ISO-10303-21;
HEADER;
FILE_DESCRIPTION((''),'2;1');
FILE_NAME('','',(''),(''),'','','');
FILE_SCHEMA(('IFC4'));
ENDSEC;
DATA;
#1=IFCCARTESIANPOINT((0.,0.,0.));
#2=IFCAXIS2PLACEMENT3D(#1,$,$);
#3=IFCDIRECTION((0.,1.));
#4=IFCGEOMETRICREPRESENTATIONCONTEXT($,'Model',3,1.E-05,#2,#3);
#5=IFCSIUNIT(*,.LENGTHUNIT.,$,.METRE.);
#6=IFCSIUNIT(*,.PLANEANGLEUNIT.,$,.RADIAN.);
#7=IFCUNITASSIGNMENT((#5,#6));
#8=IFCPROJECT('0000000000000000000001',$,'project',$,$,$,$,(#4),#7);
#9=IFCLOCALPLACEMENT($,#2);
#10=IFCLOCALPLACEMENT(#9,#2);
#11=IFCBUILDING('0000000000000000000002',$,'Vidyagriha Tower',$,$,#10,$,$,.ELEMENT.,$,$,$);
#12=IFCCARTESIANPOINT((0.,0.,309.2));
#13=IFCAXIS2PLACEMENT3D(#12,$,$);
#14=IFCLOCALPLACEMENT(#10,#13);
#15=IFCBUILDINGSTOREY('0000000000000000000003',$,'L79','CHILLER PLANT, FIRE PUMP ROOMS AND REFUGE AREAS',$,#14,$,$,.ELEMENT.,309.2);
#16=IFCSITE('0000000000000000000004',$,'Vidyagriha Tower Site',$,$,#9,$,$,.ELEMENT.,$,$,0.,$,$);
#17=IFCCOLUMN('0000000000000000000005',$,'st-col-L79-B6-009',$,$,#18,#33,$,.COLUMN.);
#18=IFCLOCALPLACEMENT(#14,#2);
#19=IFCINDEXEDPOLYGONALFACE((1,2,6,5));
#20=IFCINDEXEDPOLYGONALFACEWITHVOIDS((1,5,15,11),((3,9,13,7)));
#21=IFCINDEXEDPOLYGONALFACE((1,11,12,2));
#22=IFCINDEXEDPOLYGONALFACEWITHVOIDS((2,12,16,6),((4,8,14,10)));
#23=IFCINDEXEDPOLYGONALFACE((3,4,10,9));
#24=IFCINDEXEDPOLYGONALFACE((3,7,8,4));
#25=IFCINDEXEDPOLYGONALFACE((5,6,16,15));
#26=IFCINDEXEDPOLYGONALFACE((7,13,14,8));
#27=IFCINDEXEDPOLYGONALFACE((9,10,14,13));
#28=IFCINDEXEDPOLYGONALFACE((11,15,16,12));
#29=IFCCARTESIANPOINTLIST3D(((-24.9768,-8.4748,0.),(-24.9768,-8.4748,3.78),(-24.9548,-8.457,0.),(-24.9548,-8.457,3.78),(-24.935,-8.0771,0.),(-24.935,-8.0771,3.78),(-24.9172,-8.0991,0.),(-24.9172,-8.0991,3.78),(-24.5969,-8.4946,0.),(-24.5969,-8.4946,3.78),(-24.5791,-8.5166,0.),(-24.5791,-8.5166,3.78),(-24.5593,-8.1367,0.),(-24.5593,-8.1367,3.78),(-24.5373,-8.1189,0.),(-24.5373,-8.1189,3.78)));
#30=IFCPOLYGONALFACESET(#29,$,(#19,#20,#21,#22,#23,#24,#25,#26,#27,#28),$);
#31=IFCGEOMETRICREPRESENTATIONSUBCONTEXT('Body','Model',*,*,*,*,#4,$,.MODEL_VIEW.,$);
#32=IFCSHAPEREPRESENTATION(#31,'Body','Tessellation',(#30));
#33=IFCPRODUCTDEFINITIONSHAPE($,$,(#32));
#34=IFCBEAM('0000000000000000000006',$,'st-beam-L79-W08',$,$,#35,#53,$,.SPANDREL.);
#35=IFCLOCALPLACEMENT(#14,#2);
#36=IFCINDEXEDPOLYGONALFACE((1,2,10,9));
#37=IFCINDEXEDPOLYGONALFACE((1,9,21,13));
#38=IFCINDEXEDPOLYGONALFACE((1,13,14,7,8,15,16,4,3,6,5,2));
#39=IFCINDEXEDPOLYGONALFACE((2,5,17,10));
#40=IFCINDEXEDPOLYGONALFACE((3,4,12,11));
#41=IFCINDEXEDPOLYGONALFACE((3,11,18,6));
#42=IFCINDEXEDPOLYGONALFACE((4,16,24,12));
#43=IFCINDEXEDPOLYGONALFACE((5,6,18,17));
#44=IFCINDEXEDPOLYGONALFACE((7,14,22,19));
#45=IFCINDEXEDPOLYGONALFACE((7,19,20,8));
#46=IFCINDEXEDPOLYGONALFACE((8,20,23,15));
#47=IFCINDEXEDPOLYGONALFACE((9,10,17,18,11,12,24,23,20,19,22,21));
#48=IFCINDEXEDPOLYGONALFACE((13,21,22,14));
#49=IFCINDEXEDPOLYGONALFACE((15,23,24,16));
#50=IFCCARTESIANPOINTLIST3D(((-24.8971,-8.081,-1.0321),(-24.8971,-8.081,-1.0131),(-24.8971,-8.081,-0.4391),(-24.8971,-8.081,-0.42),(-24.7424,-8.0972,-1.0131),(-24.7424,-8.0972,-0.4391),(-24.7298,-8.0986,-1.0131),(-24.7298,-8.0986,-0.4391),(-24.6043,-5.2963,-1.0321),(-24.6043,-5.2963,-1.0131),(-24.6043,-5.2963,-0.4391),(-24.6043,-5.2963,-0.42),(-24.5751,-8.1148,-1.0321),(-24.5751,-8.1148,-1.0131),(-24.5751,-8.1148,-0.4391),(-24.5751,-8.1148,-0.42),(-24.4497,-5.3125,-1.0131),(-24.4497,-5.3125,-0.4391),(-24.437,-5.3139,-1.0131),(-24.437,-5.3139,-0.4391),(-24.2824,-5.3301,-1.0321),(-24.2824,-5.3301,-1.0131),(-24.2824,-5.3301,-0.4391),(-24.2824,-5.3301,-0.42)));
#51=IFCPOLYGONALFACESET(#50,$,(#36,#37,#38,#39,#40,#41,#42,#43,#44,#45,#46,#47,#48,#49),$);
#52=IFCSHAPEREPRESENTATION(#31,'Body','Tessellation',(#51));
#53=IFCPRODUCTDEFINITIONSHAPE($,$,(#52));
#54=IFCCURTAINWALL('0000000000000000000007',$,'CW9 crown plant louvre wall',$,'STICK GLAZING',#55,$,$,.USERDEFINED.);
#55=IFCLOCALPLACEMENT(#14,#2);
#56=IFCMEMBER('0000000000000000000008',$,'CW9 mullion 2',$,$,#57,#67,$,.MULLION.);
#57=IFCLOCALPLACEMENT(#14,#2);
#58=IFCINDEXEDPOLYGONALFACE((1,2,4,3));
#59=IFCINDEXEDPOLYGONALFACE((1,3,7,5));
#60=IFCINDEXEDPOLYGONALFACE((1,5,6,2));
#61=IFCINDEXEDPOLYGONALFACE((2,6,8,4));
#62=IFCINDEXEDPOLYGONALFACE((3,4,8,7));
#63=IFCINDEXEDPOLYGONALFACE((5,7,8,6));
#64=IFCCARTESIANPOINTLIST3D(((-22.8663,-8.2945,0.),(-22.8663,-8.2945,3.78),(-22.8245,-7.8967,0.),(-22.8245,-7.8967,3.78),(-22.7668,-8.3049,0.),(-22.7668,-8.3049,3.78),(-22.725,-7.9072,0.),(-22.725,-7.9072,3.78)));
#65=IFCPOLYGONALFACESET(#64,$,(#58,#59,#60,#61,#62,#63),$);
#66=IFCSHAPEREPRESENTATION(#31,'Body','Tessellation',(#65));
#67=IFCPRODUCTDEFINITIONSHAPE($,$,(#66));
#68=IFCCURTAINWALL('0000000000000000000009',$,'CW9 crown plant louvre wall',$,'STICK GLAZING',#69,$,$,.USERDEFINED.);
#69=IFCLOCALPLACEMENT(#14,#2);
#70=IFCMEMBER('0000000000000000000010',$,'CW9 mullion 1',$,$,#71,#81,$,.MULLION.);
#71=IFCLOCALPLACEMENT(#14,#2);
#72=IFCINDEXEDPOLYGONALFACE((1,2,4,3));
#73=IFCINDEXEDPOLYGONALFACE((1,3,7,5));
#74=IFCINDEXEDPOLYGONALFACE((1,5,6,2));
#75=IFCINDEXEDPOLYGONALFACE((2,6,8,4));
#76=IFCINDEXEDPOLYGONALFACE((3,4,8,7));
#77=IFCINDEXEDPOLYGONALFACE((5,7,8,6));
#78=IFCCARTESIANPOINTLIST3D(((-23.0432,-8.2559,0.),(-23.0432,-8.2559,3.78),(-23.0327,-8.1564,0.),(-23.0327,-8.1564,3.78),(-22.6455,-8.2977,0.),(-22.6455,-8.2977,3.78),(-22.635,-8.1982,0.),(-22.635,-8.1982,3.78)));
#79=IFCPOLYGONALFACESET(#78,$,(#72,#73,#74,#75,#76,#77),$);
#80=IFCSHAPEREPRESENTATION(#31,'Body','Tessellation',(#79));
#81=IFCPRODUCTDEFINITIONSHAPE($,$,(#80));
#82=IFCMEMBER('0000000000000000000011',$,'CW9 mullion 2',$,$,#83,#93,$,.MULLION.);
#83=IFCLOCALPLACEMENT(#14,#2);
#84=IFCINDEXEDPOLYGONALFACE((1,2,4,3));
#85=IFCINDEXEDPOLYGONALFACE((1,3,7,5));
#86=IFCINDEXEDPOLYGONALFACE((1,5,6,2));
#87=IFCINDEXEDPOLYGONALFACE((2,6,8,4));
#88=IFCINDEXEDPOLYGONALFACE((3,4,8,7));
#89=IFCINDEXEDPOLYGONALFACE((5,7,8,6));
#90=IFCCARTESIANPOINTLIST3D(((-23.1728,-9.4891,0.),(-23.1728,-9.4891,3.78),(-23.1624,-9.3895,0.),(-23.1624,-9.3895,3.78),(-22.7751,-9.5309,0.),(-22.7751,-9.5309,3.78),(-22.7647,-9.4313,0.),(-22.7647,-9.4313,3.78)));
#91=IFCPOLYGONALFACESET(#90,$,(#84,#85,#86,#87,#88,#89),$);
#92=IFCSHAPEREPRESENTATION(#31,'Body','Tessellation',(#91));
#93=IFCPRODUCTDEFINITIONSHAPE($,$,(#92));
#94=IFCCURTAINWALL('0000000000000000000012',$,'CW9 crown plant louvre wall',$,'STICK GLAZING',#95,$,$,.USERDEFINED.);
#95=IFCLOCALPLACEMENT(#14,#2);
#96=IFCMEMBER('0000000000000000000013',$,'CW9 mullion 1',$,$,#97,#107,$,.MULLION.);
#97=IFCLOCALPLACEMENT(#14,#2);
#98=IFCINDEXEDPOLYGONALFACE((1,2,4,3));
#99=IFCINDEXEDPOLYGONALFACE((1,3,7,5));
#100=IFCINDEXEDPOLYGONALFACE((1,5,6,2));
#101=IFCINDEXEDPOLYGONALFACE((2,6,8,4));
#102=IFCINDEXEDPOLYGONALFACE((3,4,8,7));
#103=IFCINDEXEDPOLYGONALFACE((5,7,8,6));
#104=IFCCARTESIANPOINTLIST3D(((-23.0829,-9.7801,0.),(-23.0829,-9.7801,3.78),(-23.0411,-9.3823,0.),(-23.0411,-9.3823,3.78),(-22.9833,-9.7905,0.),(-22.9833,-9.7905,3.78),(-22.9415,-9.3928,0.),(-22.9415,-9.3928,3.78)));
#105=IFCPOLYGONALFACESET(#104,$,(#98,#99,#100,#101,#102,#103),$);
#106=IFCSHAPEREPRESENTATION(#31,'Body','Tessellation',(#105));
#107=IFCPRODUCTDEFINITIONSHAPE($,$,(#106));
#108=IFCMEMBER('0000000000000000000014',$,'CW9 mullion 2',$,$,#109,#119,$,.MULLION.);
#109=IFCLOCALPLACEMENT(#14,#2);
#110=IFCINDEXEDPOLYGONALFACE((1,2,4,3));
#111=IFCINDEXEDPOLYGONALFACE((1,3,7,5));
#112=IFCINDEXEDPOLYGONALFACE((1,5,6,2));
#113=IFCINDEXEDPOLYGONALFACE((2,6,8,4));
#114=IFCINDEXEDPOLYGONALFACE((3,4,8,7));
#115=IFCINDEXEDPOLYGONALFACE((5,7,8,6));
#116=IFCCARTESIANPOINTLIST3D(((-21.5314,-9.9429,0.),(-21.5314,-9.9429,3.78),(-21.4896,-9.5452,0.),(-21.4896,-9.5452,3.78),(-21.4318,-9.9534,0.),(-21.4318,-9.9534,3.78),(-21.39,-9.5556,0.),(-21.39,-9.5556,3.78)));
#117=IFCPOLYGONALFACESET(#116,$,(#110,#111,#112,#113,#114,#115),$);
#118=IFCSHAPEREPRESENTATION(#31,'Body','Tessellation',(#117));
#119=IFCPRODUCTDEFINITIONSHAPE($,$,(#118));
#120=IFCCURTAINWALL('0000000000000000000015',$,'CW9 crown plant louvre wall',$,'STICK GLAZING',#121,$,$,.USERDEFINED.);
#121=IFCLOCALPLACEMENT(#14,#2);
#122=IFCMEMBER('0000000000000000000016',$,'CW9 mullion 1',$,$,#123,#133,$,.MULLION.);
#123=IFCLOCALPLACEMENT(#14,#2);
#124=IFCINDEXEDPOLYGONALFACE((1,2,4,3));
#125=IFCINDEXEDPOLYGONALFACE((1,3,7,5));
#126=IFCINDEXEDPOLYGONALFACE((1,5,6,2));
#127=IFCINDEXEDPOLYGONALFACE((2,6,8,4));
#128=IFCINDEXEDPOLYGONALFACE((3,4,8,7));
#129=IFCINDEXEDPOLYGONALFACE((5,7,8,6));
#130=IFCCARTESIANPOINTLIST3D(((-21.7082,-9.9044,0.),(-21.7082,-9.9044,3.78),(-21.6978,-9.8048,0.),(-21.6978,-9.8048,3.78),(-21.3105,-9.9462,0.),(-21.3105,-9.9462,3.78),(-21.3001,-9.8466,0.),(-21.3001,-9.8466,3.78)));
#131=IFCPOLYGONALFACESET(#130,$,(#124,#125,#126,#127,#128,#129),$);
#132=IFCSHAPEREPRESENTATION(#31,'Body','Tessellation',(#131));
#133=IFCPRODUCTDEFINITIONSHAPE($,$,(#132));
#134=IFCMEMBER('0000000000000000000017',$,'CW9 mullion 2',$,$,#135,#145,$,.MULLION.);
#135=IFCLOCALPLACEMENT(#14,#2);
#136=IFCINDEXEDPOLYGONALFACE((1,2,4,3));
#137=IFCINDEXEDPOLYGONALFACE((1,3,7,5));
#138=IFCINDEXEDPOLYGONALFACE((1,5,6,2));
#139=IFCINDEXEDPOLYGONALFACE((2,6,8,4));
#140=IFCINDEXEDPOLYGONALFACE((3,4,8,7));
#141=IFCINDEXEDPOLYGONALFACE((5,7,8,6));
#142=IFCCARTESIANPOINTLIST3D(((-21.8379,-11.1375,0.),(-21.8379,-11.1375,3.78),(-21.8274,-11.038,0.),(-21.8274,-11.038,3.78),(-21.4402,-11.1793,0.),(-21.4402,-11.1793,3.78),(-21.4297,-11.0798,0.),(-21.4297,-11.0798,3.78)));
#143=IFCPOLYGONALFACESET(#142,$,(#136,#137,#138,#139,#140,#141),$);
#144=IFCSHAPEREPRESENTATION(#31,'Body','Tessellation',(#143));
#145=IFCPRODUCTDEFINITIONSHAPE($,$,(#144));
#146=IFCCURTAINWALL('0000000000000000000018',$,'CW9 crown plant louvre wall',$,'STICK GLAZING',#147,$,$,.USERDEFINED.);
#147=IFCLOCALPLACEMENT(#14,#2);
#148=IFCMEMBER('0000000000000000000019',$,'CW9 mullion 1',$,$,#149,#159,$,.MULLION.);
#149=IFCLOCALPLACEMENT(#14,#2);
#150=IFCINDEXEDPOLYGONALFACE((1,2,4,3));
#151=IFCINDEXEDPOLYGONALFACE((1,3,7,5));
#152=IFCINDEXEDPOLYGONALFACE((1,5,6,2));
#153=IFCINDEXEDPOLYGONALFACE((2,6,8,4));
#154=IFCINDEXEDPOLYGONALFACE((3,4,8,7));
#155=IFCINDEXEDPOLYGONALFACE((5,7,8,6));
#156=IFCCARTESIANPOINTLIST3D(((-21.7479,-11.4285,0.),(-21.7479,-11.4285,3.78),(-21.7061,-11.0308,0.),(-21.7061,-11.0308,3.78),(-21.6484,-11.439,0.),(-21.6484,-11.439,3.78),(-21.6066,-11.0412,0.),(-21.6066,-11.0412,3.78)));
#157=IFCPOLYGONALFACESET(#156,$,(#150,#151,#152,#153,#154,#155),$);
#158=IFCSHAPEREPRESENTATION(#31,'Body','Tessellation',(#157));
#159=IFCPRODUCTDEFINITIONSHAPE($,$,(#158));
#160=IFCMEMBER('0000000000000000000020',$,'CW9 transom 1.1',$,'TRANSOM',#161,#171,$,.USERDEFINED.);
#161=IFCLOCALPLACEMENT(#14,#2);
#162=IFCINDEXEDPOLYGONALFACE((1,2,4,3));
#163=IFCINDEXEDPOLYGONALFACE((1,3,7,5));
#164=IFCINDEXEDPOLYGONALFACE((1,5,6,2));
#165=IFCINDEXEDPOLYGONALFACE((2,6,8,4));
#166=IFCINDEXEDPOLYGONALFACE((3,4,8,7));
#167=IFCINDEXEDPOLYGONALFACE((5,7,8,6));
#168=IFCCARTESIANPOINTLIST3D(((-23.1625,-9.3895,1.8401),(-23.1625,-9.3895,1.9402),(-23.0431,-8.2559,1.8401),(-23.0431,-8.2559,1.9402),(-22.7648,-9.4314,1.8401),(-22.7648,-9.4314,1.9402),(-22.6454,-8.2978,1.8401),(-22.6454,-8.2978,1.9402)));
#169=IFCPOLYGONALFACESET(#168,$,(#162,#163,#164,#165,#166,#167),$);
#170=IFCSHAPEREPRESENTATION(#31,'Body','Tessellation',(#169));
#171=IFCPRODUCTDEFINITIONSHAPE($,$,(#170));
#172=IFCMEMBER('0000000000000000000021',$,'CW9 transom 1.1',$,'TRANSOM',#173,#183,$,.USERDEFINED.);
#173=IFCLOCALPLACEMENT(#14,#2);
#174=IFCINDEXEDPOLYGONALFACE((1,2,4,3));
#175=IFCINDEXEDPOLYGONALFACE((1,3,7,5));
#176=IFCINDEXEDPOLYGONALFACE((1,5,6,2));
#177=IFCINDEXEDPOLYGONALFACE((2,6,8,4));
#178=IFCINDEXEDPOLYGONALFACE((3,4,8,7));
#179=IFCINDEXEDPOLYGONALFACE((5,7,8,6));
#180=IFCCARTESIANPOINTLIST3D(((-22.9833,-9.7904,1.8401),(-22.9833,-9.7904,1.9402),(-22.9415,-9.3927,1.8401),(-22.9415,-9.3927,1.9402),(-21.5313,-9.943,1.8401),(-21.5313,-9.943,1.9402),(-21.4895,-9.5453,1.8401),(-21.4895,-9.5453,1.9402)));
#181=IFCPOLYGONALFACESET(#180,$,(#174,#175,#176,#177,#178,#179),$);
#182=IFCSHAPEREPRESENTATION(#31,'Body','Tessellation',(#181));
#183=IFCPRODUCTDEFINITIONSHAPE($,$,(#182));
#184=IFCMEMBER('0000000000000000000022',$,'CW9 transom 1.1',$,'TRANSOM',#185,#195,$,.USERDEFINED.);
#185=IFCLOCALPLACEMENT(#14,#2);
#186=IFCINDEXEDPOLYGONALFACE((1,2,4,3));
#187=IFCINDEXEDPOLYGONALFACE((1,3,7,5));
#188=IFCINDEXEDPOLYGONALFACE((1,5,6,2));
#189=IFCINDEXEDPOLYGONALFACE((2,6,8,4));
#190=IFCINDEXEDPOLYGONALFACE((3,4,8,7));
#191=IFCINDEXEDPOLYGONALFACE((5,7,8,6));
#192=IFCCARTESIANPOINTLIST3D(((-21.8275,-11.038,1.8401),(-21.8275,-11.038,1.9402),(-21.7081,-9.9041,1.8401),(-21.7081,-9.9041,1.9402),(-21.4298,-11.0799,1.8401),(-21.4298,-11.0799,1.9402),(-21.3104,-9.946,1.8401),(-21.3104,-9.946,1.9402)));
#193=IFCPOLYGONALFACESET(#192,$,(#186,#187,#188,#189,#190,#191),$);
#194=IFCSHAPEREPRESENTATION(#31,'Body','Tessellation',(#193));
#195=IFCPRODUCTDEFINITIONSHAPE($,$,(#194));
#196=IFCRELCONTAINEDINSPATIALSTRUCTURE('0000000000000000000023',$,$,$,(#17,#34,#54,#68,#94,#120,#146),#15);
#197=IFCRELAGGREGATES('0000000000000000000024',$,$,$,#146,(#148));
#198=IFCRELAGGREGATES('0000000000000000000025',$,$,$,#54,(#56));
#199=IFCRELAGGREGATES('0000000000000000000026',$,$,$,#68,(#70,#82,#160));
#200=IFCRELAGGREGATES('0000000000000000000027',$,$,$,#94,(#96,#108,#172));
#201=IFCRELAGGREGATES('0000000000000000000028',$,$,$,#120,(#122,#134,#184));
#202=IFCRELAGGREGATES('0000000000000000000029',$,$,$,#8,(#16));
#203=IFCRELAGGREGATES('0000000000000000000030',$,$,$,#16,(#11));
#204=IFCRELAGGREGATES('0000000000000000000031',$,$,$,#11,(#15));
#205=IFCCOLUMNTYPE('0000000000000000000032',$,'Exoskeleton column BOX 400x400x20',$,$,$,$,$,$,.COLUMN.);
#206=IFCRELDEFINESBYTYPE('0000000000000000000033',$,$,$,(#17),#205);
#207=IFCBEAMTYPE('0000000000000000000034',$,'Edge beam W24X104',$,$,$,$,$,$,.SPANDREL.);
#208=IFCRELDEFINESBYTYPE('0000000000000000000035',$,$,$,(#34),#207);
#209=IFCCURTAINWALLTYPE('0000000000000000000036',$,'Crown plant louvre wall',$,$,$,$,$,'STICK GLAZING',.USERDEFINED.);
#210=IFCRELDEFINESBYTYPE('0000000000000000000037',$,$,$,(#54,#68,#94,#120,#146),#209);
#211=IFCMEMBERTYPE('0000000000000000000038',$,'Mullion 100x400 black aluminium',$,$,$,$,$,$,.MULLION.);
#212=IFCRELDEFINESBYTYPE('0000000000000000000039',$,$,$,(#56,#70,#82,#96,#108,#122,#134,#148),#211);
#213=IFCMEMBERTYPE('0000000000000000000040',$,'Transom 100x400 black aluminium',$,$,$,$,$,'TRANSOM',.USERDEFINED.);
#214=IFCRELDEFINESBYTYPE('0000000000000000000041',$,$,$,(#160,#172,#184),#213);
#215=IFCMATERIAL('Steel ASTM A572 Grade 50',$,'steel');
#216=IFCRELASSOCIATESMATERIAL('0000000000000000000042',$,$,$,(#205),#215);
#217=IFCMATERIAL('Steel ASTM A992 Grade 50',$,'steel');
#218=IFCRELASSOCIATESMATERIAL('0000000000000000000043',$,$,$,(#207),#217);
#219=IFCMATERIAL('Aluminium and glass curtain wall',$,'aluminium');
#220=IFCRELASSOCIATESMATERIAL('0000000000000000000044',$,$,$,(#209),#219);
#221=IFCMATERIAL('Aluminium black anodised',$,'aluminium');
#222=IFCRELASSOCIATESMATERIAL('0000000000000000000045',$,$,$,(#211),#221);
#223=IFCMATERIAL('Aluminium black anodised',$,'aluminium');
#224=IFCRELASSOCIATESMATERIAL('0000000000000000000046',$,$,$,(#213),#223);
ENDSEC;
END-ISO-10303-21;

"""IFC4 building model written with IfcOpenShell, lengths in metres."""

from ifc_helpers import new_model, si_unit, direction, frame, origin, origin_2d, place, context, subcontext, project, spatial, rectangle, hollow_rectangle, i_section, extrude, material, material_profile, profile_set, type_object, element, aggregate, save


model = new_model("IFC4")

# Units and contexts
model_context = context("Model", 3, precision=1e-05, world=origin(), true_north=direction((0.0, 1.0)))
body_context = subcontext(model_context, "Body", "Model", "MODEL_VIEW")
ifc_project = project(units=[si_unit("LENGTHUNIT", "METRE"), si_unit("PLANEANGLEUNIT", "RADIAN")], contexts=[model_context])

# Site, building, storey
site_placement = place(None, origin())
site = spatial("IfcSite", under=ifc_project, at=site_placement, Name="Vidyagriha Tower Site", CompositionType="ELEMENT", RefElevation=0.0)
building_placement = place(site_placement, origin())
building = spatial("IfcBuilding", under=site, at=building_placement, Name="Vidyagriha Tower", CompositionType="ELEMENT")
storey_placement = place(building_placement, frame((0.0, 0.0, 309.2)))
storey = spatial("IfcBuildingStorey", under=building, at=storey_placement, Name="L79", Description="CHILLER PLANT, FIRE PUMP ROOMS AND REFUGE AREAS", CompositionType="ELEMENT", Elevation=309.2)

# Column
ifc_material_1 = material(Name="Steel ASTM A572 Grade 50", Category="steel")
ifc_material_profile_1 = material_profile(ifc_material_1, hollow_rectangle(XDim=0.3999, YDim=0.3999, WallThickness=0.02, at=origin_2d()), Name="BOX 400x400x20")
ifc_profile_set_1 = profile_set([ifc_material_profile_1], Name="Steel ASTM A572 Grade 50")
column_type = type_object("IfcColumnType", Name="Exoskeleton column BOX 400x400x20", PredefinedType="COLUMN", material=ifc_profile_set_1)
column_placement = place(storey_placement, frame((-24.7571, -8.2969, 0.0), z_axis=(0.0, 0.0, 1.0), x_axis=(0.994522, -0.104528, 0.0)))
element("IfcColumn", 1, at=column_placement, inside=storey, type_object=column_type, Name="st-col-L79-B6-009", PredefinedType="COLUMN", context=body_context, shape_type="SweptSolid", body=[
    extrude(hollow_rectangle(XDim=0.3999, YDim=0.3999, WallThickness=0.02, at=origin_2d()), origin(), (0.0, 0.0, 1.0), 3.78),
])

# Beam
ifc_material_2 = material(Name="Steel ASTM A992 Grade 50", Category="steel")
ifc_material_profile_2 = material_profile(ifc_material_2, i_section(OverallWidth=0.3237, OverallDepth=0.6121, WebThickness=0.0127, FlangeThickness=0.019, at=origin_2d()), Name="W24X104")
ifc_profile_set_2 = profile_set([ifc_material_profile_2], Name="Steel ASTM A992 Grade 50")
beam_type = type_object("IfcBeamType", Name="Edge beam W24X104", PredefinedType="SPANDREL", material=ifc_profile_set_2)
beam_placement = place(storey_placement, frame((-24.7361, -8.0979, -0.7261), z_axis=(0.104544, 0.99452, 0.0), x_axis=(-0.99452, 0.104544, 0.0)))
element("IfcBeam", 2, at=beam_placement, inside=storey, type_object=beam_type, Name="st-beam-L79-W08", PredefinedType="SPANDREL", context=body_context, shape_type="SweptSolid", body=[
    extrude(i_section(OverallWidth=0.3237, OverallDepth=0.6121, WebThickness=0.0127, FlangeThickness=0.019, at=origin_2d()), origin(), (0.0, 0.0, 1.0), 2.8),
])

# Curtain wall, member
ifc_material_3 = material(Name="Aluminium and glass curtain wall", Category="aluminium")
curtain_wall_type = type_object("IfcCurtainWallType", Name="Crown plant louvre wall", ElementType="STICK GLAZING", PredefinedType="USERDEFINED", material=ifc_material_3)
curtain_wall_1_placement = place(storey_placement, origin())
curtain_wall_1 = element("IfcCurtainWall", 3, at=curtain_wall_1_placement, inside=storey, type_object=curtain_wall_type, Name="CW9 crown plant louvre wall", ObjectType="STICK GLAZING", PredefinedType="USERDEFINED")
ifc_material_4 = material(Name="Aluminium black anodised", Category="aluminium")
ifc_material_profile_3 = material_profile(ifc_material_4, rectangle(XDim=0.3999, YDim=0.1001, at=origin_2d()), Name="Mullion 100x400 black aluminium")
ifc_profile_set_3 = profile_set([ifc_material_profile_3], Name="Aluminium black anodised")
member_type_1 = type_object("IfcMemberType", Name="Mullion 100x400 black aluminium", PredefinedType="MULLION", material=ifc_profile_set_3)
member_1_placement = place(storey_placement, frame((-22.7957, -8.1008, 0.0), z_axis=(0.0, 0.0, 1.0), x_axis=(0.104519, 0.994523, 0.0)))
member_1 = element("IfcMember", 4, at=member_1_placement, type_object=member_type_1, Name="CW9 mullion 2", PredefinedType="MULLION", context=body_context, shape_type="SweptSolid", body=[
    extrude(rectangle(XDim=0.3999, YDim=0.1001, at=origin_2d()), origin(), (0.0, 0.0, 1.0), 3.78),
])

# Curtain walls, members
curtain_wall_2_placement = place(storey_placement, origin())
curtain_wall_2 = element("IfcCurtainWall", 5, at=curtain_wall_2_placement, inside=storey, type_object=curtain_wall_type, Name="CW9 crown plant louvre wall", ObjectType="STICK GLAZING", PredefinedType="USERDEFINED")
member_2_placement = place(storey_placement, frame((-22.8391, -8.2271, 0.0), z_axis=(0.0, 0.0, 1.0), x_axis=(0.994519, -0.104557, 0.0)))
member_2 = element("IfcMember", 6, at=member_2_placement, type_object=member_type_1, Name="CW9 mullion 1", PredefinedType="MULLION", context=body_context, shape_type="SweptSolid", body=[
    extrude(rectangle(XDim=0.3999, YDim=0.1001, at=origin_2d()), origin(), (0.0, 0.0, 1.0), 3.78),
])
member_3_placement = place(storey_placement, frame((-22.9688, -9.4602, 0.0), z_axis=(0.0, 0.0, 1.0), x_axis=(0.994519, -0.104557, 0.0)))
member_3 = element("IfcMember", 7, at=member_3_placement, type_object=member_type_1, Name="CW9 mullion 2", PredefinedType="MULLION", context=body_context, shape_type="SweptSolid", body=[
    extrude(rectangle(XDim=0.3999, YDim=0.1001, at=origin_2d()), origin(), (0.0, 0.0, 1.0), 3.78),
])
curtain_wall_3_placement = place(storey_placement, origin())
curtain_wall_3 = element("IfcCurtainWall", 8, at=curtain_wall_3_placement, inside=storey, type_object=curtain_wall_type, Name="CW9 crown plant louvre wall", ObjectType="STICK GLAZING", PredefinedType="USERDEFINED")
member_4_placement = place(storey_placement, frame((-23.0122, -9.5864, 0.0), z_axis=(0.0, 0.0, 1.0), x_axis=(0.104459, 0.994529, 0.0)))
member_4 = element("IfcMember", 9, at=member_4_placement, type_object=member_type_1, Name="CW9 mullion 1", PredefinedType="MULLION", context=body_context, shape_type="SweptSolid", body=[
    extrude(rectangle(XDim=0.3999, YDim=0.1001, at=origin_2d()), origin(), (0.0, 0.0, 1.0), 3.78),
])
member_5_placement = place(storey_placement, frame((-21.4607, -9.7493, 0.0), z_axis=(0.0, 0.0, 1.0), x_axis=(0.104459, 0.994529, 0.0)))
member_5 = element("IfcMember", 10, at=member_5_placement, type_object=member_type_1, Name="CW9 mullion 2", PredefinedType="MULLION", context=body_context, shape_type="SweptSolid", body=[
    extrude(rectangle(XDim=0.3999, YDim=0.1001, at=origin_2d()), origin(), (0.0, 0.0, 1.0), 3.78),
])
curtain_wall_4_placement = place(storey_placement, origin())
curtain_wall_4 = element("IfcCurtainWall", 11, at=curtain_wall_4_placement, inside=storey, type_object=curtain_wall_type, Name="CW9 crown plant louvre wall", ObjectType="STICK GLAZING", PredefinedType="USERDEFINED")
member_6_placement = place(storey_placement, frame((-21.5042, -9.8755, 0.0), z_axis=(0.0, 0.0, 1.0), x_axis=(0.99452, -0.104549, 0.0)))
member_6 = element("IfcMember", 12, at=member_6_placement, type_object=member_type_1, Name="CW9 mullion 1", PredefinedType="MULLION", context=body_context, shape_type="SweptSolid", body=[
    extrude(rectangle(XDim=0.3999, YDim=0.1001, at=origin_2d()), origin(), (0.0, 0.0, 1.0), 3.78),
])
member_7_placement = place(storey_placement, frame((-21.6338, -11.1086, 0.0), z_axis=(0.0, 0.0, 1.0), x_axis=(0.99452, -0.104549, 0.0)))
member_7 = element("IfcMember", 13, at=member_7_placement, type_object=member_type_1, Name="CW9 mullion 2", PredefinedType="MULLION", context=body_context, shape_type="SweptSolid", body=[
    extrude(rectangle(XDim=0.3999, YDim=0.1001, at=origin_2d()), origin(), (0.0, 0.0, 1.0), 3.78),
])

# Curtain wall, member
curtain_wall_5_placement = place(storey_placement, origin())
curtain_wall_5 = element("IfcCurtainWall", 14, at=curtain_wall_5_placement, inside=storey, type_object=curtain_wall_type, Name="CW9 crown plant louvre wall", ObjectType="STICK GLAZING", PredefinedType="USERDEFINED")
member_8_placement = place(storey_placement, frame((-21.6772, -11.2349, 0.0), z_axis=(0.0, 0.0, 1.0), x_axis=(0.104519, 0.994523, 0.0)))
member_8 = element("IfcMember", 15, at=member_8_placement, type_object=member_type_1, Name="CW9 mullion 1", PredefinedType="MULLION", context=body_context, shape_type="SweptSolid", body=[
    extrude(rectangle(XDim=0.3999, YDim=0.1001, at=origin_2d()), origin(), (0.0, 0.0, 1.0), 3.78),
])

# Members
ifc_material_5 = material(Name="Aluminium black anodised", Category="aluminium")
ifc_material_profile_4 = material_profile(ifc_material_5, rectangle(XDim=0.3999, YDim=0.1001, at=origin_2d()), Name="Transom 100x400 black aluminium")
ifc_profile_set_4 = profile_set([ifc_material_profile_4], Name="Aluminium black anodised")
member_type_2 = type_object("IfcMemberType", Name="Transom 100x400 black aluminium", ElementType="TRANSOM", PredefinedType="USERDEFINED", material=ifc_profile_set_4)
member_9_placement = place(storey_placement, frame((-22.8442, -8.2769, 1.8901), z_axis=(-0.104741, -0.9945, 0.0), x_axis=(0.9945, -0.104741, 0.0)))
member_9 = element("IfcMember", 16, at=member_9_placement, type_object=member_type_2, Name="CW9 transom 1.1", ObjectType="TRANSOM", PredefinedType="USERDEFINED", context=body_context, shape_type="SweptSolid", body=[
    extrude(rectangle(XDim=0.3999, YDim=0.1001, at=origin_2d()), origin(), (0.0, 0.0, 1.0), 1.1399),
])
member_10_placement = place(storey_placement, frame((-22.9624, -9.5916, 1.8901), z_axis=(0.994523, -0.104519, 0.0), x_axis=(0.104519, 0.994523, 0.0)))
member_10 = element("IfcMember", 17, at=member_10_placement, type_object=member_type_2, Name="CW9 transom 1.1", ObjectType="TRANSOM", PredefinedType="USERDEFINED", context=body_context, shape_type="SweptSolid", body=[
    extrude(rectangle(XDim=0.3999, YDim=0.1001, at=origin_2d()), origin(), (0.0, 0.0, 1.0), 1.46),
])
member_11_placement = place(storey_placement, frame((-21.5093, -9.925, 1.8901), z_axis=(-0.104718, -0.994502, 0.0), x_axis=(0.994502, -0.104718, 0.0)))
member_11 = element("IfcMember", 18, at=member_11_placement, type_object=member_type_2, Name="CW9 transom 1.1", ObjectType="TRANSOM", PredefinedType="USERDEFINED", context=body_context, shape_type="SweptSolid", body=[
    extrude(rectangle(XDim=0.3999, YDim=0.1001, at=origin_2d()), origin(), (0.0, 0.0, 1.0), 1.1401),
])
aggregate(curtain_wall_5, [member_8])

aggregate(curtain_wall_1, [member_1])
aggregate(curtain_wall_2, [member_2, member_3, member_9])
aggregate(curtain_wall_3, [member_4, member_5, member_10])
aggregate(curtain_wall_4, [member_6, member_7, member_11])

save(model, "model.ifc")
